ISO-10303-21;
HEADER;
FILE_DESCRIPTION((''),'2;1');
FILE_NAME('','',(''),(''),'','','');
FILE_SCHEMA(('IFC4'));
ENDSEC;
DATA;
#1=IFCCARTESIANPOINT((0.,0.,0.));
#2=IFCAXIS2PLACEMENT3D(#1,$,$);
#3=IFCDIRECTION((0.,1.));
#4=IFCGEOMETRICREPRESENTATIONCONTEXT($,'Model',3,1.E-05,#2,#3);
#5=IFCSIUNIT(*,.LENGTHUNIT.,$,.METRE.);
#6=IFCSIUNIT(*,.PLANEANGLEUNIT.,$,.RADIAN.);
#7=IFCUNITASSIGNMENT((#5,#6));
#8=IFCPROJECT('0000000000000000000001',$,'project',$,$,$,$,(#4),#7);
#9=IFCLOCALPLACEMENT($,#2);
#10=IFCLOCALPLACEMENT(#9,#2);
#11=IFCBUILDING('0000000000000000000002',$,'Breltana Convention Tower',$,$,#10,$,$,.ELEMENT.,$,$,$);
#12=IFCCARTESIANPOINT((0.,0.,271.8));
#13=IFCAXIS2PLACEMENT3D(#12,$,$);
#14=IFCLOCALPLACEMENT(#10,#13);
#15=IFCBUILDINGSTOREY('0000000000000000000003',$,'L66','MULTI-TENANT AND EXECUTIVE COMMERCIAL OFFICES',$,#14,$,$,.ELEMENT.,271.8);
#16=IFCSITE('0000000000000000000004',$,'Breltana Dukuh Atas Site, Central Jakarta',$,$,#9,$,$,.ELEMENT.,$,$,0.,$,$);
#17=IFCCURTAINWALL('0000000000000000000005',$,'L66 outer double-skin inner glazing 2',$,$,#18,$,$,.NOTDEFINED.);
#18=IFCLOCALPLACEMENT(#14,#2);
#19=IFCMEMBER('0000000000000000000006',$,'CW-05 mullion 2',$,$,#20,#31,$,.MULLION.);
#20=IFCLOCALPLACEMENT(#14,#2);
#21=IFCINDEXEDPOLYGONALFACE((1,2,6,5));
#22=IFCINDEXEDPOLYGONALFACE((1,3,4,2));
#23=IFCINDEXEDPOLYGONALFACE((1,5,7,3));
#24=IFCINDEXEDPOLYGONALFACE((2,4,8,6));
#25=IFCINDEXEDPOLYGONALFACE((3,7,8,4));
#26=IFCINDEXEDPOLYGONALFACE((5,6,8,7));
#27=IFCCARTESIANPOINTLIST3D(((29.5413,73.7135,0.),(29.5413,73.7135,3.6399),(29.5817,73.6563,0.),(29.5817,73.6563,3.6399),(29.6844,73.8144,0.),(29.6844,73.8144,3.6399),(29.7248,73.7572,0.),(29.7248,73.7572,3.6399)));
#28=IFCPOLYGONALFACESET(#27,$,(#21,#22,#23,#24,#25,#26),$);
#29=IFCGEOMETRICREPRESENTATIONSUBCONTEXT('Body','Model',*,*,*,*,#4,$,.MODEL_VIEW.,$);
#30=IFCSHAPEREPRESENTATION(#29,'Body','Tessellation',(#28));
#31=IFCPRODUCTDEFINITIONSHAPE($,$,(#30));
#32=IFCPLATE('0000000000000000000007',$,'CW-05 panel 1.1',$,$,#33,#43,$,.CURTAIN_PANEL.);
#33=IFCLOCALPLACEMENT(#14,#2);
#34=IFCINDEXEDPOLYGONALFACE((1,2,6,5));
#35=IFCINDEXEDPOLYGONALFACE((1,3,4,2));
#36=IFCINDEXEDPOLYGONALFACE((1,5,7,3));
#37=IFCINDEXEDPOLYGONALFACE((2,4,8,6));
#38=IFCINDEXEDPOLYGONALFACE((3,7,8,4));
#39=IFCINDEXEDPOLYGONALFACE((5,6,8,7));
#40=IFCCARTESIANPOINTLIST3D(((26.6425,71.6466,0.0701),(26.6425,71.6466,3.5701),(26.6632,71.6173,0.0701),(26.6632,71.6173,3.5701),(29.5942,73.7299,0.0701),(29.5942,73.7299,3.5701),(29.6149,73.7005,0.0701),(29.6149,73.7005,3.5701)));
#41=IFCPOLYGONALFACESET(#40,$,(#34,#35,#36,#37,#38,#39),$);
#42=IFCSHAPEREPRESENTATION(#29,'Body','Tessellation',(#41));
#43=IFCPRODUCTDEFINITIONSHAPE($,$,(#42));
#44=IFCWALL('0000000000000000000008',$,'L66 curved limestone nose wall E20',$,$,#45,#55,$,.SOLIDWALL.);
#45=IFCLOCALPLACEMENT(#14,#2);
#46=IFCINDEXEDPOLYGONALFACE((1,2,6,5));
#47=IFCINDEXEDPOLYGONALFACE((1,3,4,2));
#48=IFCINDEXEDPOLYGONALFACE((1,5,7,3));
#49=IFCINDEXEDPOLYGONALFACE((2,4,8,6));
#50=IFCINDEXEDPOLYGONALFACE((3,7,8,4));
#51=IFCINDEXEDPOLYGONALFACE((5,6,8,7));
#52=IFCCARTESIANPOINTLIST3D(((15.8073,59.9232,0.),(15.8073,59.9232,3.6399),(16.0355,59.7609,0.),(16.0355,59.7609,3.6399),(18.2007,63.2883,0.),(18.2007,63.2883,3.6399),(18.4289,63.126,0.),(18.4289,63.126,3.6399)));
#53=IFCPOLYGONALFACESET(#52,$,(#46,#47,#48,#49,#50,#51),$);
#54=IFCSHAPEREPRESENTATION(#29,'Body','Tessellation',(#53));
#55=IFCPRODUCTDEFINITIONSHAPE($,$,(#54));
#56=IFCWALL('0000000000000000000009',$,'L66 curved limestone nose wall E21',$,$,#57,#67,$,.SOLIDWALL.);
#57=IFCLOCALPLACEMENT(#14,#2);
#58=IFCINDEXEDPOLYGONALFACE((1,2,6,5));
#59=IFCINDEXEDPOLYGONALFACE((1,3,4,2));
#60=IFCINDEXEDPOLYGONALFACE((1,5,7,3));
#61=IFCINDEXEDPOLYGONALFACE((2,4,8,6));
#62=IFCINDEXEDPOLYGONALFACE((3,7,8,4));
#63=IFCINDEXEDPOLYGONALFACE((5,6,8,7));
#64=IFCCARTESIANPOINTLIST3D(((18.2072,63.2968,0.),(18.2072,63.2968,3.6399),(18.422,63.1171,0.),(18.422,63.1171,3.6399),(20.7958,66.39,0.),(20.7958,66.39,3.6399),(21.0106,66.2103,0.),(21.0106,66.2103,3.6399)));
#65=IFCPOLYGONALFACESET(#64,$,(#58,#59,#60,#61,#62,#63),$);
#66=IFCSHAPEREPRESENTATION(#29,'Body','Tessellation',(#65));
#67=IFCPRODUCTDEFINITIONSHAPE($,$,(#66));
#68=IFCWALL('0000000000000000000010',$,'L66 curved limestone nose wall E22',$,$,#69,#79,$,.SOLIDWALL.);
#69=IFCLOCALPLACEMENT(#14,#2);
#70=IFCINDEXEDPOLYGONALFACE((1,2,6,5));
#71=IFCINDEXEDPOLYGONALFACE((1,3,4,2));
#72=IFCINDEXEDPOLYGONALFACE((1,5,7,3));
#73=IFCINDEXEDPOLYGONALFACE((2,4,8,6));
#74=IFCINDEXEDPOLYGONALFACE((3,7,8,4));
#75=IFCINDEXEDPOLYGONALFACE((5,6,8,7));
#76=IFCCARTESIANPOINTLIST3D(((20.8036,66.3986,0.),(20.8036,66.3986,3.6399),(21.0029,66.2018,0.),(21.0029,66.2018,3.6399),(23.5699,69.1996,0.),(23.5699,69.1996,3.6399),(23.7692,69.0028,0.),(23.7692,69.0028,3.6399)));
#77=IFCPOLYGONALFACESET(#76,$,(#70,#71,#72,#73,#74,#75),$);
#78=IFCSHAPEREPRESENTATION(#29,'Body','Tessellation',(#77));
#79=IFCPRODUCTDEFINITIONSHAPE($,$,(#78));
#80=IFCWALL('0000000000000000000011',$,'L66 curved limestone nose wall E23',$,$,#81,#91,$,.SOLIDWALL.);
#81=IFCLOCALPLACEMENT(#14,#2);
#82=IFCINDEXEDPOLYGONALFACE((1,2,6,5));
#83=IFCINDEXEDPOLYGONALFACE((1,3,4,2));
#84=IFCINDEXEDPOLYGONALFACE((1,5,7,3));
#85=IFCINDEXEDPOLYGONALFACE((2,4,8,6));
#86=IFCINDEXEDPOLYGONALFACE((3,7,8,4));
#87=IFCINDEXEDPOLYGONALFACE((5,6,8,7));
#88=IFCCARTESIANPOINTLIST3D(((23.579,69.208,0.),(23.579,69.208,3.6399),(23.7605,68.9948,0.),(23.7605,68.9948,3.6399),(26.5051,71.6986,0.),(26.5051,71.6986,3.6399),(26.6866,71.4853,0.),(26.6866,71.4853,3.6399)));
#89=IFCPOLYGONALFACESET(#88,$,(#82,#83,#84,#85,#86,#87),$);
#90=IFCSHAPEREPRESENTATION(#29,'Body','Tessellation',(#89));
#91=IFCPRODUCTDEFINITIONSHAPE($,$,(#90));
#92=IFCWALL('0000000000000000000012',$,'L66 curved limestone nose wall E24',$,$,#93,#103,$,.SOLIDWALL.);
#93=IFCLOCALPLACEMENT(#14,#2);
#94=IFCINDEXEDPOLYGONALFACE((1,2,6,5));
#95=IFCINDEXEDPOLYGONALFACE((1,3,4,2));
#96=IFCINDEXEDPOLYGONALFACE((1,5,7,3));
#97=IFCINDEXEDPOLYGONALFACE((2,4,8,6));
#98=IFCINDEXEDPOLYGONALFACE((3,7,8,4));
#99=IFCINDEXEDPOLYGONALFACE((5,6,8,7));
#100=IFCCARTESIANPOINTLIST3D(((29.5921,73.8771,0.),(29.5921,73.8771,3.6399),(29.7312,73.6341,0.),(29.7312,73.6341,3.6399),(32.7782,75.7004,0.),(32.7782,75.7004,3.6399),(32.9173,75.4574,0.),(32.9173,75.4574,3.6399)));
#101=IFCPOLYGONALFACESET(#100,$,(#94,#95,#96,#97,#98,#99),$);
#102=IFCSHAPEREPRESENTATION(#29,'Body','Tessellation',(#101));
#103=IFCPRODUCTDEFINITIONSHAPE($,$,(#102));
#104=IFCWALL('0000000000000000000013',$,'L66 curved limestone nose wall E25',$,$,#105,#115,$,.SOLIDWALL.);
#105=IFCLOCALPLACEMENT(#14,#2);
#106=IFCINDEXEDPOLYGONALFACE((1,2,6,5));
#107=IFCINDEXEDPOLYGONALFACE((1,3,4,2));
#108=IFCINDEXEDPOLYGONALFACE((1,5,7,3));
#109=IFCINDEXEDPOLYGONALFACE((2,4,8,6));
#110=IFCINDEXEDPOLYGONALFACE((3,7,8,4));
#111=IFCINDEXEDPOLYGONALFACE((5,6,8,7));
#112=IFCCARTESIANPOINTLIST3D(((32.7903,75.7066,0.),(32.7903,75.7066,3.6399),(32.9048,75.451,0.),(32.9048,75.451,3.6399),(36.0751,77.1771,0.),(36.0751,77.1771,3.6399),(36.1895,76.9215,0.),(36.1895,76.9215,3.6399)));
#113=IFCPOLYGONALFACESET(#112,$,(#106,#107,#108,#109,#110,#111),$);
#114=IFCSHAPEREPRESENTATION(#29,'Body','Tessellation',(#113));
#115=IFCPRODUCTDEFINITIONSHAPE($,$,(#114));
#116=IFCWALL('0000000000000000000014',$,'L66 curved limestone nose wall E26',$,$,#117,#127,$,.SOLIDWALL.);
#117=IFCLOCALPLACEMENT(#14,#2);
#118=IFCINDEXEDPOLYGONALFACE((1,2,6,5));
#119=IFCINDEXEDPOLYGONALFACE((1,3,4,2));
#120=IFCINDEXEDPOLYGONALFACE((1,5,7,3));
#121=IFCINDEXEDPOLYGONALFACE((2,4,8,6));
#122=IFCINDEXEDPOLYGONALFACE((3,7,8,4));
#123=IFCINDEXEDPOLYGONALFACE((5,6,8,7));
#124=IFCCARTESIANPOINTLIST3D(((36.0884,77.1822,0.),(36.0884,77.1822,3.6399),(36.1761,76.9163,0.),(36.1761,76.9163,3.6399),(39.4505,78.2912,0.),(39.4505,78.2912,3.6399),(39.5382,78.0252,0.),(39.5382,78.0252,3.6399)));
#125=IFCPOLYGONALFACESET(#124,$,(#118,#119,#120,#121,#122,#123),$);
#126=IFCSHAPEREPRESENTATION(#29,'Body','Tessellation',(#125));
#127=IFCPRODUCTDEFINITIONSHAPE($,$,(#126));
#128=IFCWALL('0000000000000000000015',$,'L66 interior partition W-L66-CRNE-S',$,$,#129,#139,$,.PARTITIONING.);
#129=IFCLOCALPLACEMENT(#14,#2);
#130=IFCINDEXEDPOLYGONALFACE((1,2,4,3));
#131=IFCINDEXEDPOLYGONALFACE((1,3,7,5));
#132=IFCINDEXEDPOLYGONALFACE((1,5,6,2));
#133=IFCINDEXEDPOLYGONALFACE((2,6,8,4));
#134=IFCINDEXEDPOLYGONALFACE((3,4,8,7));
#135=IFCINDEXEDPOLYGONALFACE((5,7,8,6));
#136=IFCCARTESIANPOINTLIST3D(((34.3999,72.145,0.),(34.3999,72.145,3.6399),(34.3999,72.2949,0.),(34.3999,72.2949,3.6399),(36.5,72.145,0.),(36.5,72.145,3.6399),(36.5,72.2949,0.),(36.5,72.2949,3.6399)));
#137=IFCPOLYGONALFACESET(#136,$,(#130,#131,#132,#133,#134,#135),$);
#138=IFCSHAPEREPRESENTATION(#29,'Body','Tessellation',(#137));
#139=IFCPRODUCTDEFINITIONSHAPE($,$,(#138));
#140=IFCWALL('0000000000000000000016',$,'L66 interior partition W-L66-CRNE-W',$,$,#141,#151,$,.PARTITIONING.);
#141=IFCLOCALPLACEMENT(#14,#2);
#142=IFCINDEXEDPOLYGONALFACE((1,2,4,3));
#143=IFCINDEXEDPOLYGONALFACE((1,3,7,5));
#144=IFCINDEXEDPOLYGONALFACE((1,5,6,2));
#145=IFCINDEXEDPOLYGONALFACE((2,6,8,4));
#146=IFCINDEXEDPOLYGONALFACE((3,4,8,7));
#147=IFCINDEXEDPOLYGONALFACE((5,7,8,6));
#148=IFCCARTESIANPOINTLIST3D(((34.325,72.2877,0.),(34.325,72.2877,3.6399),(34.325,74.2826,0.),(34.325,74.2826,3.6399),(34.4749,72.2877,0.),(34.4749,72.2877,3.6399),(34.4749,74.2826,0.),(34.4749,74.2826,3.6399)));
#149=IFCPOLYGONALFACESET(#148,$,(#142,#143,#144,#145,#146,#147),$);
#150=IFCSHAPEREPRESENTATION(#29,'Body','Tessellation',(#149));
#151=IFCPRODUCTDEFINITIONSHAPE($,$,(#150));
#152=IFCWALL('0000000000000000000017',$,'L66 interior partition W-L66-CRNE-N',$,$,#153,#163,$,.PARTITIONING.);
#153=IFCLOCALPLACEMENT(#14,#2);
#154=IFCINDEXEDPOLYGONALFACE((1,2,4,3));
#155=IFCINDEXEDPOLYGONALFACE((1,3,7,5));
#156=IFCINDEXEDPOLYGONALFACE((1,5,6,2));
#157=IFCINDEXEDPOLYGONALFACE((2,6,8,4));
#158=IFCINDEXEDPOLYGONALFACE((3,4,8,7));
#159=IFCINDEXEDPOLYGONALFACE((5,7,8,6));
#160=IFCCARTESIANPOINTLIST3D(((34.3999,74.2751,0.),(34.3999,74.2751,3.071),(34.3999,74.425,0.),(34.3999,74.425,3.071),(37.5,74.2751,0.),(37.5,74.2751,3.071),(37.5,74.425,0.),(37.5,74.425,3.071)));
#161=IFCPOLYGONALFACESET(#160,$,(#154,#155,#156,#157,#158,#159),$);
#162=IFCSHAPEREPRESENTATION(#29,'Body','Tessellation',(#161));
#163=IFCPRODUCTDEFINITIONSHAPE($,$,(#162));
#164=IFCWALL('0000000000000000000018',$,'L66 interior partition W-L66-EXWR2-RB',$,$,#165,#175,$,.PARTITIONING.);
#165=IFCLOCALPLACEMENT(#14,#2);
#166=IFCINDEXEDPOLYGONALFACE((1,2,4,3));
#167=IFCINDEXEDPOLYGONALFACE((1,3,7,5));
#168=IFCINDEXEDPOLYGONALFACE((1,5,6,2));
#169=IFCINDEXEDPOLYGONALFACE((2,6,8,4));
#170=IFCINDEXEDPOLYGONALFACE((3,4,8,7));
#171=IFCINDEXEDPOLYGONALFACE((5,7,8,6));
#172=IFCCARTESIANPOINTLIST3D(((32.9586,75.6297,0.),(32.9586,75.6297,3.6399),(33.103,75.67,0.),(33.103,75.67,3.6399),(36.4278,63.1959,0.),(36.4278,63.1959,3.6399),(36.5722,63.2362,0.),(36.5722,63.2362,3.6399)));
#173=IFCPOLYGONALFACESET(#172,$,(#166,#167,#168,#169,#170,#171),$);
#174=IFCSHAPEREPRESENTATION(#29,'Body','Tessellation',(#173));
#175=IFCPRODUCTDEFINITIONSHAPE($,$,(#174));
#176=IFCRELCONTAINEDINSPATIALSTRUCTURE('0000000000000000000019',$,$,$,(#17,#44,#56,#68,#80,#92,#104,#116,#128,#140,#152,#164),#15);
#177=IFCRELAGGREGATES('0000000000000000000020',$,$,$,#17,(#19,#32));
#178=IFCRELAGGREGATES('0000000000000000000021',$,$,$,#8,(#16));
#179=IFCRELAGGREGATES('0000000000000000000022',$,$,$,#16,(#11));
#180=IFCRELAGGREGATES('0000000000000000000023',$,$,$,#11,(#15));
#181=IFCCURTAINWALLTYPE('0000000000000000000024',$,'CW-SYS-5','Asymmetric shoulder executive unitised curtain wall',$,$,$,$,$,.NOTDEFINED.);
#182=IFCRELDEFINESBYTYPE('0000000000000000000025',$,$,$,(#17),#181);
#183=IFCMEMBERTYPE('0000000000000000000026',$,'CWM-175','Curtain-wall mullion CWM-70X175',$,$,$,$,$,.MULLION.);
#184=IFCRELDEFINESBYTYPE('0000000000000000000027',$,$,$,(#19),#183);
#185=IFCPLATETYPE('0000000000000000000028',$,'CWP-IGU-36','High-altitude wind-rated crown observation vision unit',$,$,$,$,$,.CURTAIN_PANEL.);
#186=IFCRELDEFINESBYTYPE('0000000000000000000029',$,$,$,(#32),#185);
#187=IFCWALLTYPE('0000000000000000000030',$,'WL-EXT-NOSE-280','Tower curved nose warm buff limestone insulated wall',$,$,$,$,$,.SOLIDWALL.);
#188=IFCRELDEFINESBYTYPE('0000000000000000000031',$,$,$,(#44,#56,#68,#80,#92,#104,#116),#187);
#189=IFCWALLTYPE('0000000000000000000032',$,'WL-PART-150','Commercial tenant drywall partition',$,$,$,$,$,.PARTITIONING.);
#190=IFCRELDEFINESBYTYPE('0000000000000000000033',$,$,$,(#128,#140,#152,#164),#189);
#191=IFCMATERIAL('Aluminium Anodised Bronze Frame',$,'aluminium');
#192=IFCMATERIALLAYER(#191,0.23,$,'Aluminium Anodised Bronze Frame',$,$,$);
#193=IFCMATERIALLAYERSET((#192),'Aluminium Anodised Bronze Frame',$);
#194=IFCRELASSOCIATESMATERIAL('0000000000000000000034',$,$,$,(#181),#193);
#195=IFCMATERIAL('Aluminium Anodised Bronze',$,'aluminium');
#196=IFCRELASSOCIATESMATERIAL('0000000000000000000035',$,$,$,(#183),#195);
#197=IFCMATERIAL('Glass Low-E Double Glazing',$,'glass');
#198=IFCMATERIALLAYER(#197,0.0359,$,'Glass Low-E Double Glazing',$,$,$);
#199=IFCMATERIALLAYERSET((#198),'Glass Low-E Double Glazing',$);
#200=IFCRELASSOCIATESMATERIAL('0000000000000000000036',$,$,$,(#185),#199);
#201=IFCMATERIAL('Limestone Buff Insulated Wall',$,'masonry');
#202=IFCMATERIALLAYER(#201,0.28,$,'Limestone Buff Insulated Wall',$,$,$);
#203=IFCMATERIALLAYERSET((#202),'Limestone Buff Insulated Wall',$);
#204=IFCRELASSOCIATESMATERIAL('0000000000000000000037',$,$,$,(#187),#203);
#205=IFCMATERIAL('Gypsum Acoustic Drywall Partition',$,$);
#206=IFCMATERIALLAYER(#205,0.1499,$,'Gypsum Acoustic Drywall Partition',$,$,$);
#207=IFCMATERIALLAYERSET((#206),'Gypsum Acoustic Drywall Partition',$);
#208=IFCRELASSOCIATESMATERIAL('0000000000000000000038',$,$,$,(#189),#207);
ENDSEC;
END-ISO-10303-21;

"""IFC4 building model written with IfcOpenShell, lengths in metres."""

from ifc_helpers import new_model, si_unit, direction, frame, frame_2d, origin, origin_2d, place, context, subcontext, project, spatial, rectangle, extrude, source, transform, mapped, material, layer, layer_set, material_profile, profile_set, type_object, element, aggregate, save


model = new_model("IFC4")

# Units and contexts
model_context = context("Model", 3, precision=1e-05, world=origin(), true_north=direction((0.0, 1.0)))
body_context = subcontext(model_context, "Body", "Model", "MODEL_VIEW")
ifc_project = project(units=[si_unit("LENGTHUNIT", "METRE"), si_unit("PLANEANGLEUNIT", "RADIAN")], contexts=[model_context])

# Site, building, storey
site_placement = place(None, origin())
site = spatial("IfcSite", under=ifc_project, at=site_placement, Name="Breltana Dukuh Atas Site, Central Jakarta", CompositionType="ELEMENT", RefElevation=0.0)
building_placement = place(site_placement, origin())
building = spatial("IfcBuilding", under=site, at=building_placement, Name="Breltana Convention Tower", CompositionType="ELEMENT")
storey_placement = place(building_placement, frame((0.0, 0.0, 271.8)))
storey = spatial("IfcBuildingStorey", under=building, at=storey_placement, Name="L66", Description="MULTI-TENANT AND EXECUTIVE COMMERCIAL OFFICES", CompositionType="ELEMENT", Elevation=271.8)

# Curtain wall
ifc_material_1 = material(Name="Aluminium Anodised Bronze Frame", Category="aluminium")
ifc_layer_1 = layer(ifc_material_1, 0.23, Name="Aluminium Anodised Bronze Frame")
ifc_layer_set_1 = layer_set([ifc_layer_1], Name="Aluminium Anodised Bronze Frame")
curtain_wall_type = type_object("IfcCurtainWallType", Name="CW-SYS-5", Description="Asymmetric shoulder executive unitised curtain wall", PredefinedType="NOTDEFINED", material=ifc_layer_set_1)
curtain_wall_1_placement = place(storey_placement, origin())
curtain_wall_1 = element("IfcCurtainWall", 1, at=curtain_wall_1_placement, inside=storey, type_object=curtain_wall_type, Name="L66 outer double-skin inner glazing 2", PredefinedType="NOTDEFINED")
ifc_material_2 = material(Name="Aluminium Anodised Bronze", Category="aluminium")

# Shared definitions
ifc_material_profile_1 = material_profile(ifc_material_2, rectangle(XDim=0.0701, YDim=0.175, at=origin_2d()), Name="CWM-70X175")
ifc_profile_set_1 = profile_set([ifc_material_profile_1], Name="Aluminium Anodised Bronze")
member_type_1 = type_object("IfcMemberType", Name="CWM-175", Description="Curtain-wall mullion CWM-70X175", PredefinedType="MULLION", material=ifc_profile_set_1)
shared_shape_1 = source(origin(), body_context, "Body", "SweptSolid", [
    extrude(rectangle(XDim=0.0701, YDim=0.175, at=origin_2d()), origin(), (0.0, 0.0, 1.0), 3.6399),
])

# Member
member_1_placement = place(storey_placement, frame((29.6331, 73.7354, 0.0), z_axis=(0.0, 0.0, 1.0), x_axis=(-0.576624, 0.81701, 0.0)))
member_1 = element("IfcMember", 2, at=member_1_placement, type_object=member_type_1, Name="CW-05 mullion 2", PredefinedType="MULLION", context=body_context, shape_type="MappedRepresentation", body=[
    mapped(shared_shape_1, transform((0.0, 0.0, 0.0), scale=1.0)),
])

# Plate
ifc_material_3 = material(Name="Glass Low-E Double Glazing", Category="glass")
ifc_layer_2 = layer(ifc_material_3, 0.0359, Name="Glass Low-E Double Glazing")
ifc_layer_set_2 = layer_set([ifc_layer_2], Name="Glass Low-E Double Glazing")
plate_type = type_object("IfcPlateType", Name="CWP-IGU-36", Description="High-altitude wind-rated crown observation vision unit", PredefinedType="CURTAIN_PANEL", material=ifc_layer_set_2)
shared_shape_2 = source(origin(), body_context, "Body", "SweptSolid", [
    extrude(rectangle(XDim=3.6128, YDim=0.0359, at=origin_2d()), origin(), (0.0, 0.0, 1.0), 3.5),
])
plate_placement = place(storey_placement, frame((28.1287, 72.6736, 0.0701), z_axis=(0.0, 0.0, 1.0), x_axis=(0.81701, 0.576624, 0.0)))
plate = element("IfcPlate", 3, at=plate_placement, type_object=plate_type, Name="CW-05 panel 1.1", PredefinedType="CURTAIN_PANEL", context=body_context, shape_type="MappedRepresentation", body=[
    mapped(shared_shape_2, transform((0.0, 0.0, 0.0), scale=1.0)),
])
aggregate(curtain_wall_1, [member_1, plate])

# Walls
ifc_material_4 = material(Name="Limestone Buff Insulated Wall", Category="masonry")
ifc_layer_3 = layer(ifc_material_4, 0.28, Name="Limestone Buff Insulated Wall")
ifc_layer_set_3 = layer_set([ifc_layer_3], Name="Limestone Buff Insulated Wall")
wall_type_1 = type_object("IfcWallType", Name="WL-EXT-NOSE-280", Description="Tower curved nose warm buff limestone insulated wall", PredefinedType="SOLIDWALL", material=ifc_layer_set_3)
shared_shape_3 = source(origin(), body_context, "Body", "SweptSolid", [
    extrude(rectangle(XDim=4.1294, YDim=0.28, at=frame_2d((2.0647, 0.0))), origin(), (0.0, 0.0, 1.0), 3.6399),
])
wall_1_placement = place(storey_placement, frame((15.9214, 59.842, 0.0), z_axis=(0.0, 0.0, 1.0), x_axis=(0.579593, 0.814906, 0.0)))
element("IfcWall", 4, at=wall_1_placement, inside=storey, type_object=wall_type_1, Name="L66 curved limestone nose wall E20", PredefinedType="SOLIDWALL", context=body_context, shape_type="MappedRepresentation", body=[
    mapped(shared_shape_3, transform((0.0, 0.0, 0.0), scale=1.0)),
])
shared_shape_4 = source(origin(), body_context, "Body", "SweptSolid", [
    extrude(rectangle(XDim=4.0334, YDim=0.28, at=frame_2d((2.0166, 0.0))), origin(), (0.0, 0.0, 1.0), 3.6399),
])
wall_2_placement = place(storey_placement, frame((18.3147, 63.207, 0.0), z_axis=(0.0, 0.0, 1.0), x_axis=(0.641779, 0.76689, 0.0)))
element("IfcWall", 5, at=wall_2_placement, inside=storey, type_object=wall_type_1, Name="L66 curved limestone nose wall E21", PredefinedType="SOLIDWALL", context=body_context, shape_type="MappedRepresentation", body=[
    mapped(shared_shape_4, transform((0.0, 0.0, 0.0), scale=1.0)),
])
shared_shape_5 = source(origin(), body_context, "Body", "SweptSolid", [
    extrude(rectangle(XDim=3.9368, YDim=0.28, at=frame_2d((1.9683, 0.0))), origin(), (0.0, 0.0, 1.0), 3.6399),
])
wall_3_placement = place(storey_placement, frame((20.9033, 66.3003, 0.0), z_axis=(0.0, 0.0, 1.0), x_axis=(0.70269, 0.711496, 0.0)))
element("IfcWall", 6, at=wall_3_placement, inside=storey, type_object=wall_type_1, Name="L66 curved limestone nose wall E22", PredefinedType="SOLIDWALL", context=body_context, shape_type="MappedRepresentation", body=[
    mapped(shared_shape_5, transform((0.0, 0.0, 0.0), scale=1.0)),
])
shared_shape_6 = source(origin(), body_context, "Body", "SweptSolid", [
    extrude(rectangle(XDim=3.8425, YDim=0.28, at=frame_2d((1.9214, 0.0))), origin(), (0.0, 0.0, 1.0), 3.6399),
])
wall_4_placement = place(storey_placement, frame((23.6697, 69.1013, 0.0), z_axis=(0.0, 0.0, 1.0), x_axis=(0.761508, 0.648155, 0.0)))
element("IfcWall", 7, at=wall_4_placement, inside=storey, type_object=wall_type_1, Name="L66 curved limestone nose wall E23", PredefinedType="SOLIDWALL", context=body_context, shape_type="MappedRepresentation", body=[
    mapped(shared_shape_6, transform((0.0, 0.0, 0.0), scale=1.0)),
])
shared_shape_7 = source(origin(), body_context, "Body", "SweptSolid", [
    extrude(rectangle(XDim=3.6709, YDim=0.28, at=frame_2d((1.8354, 0.0))), origin(), (0.0, 0.0, 1.0), 3.6399),
])
wall_5_placement = place(storey_placement, frame((29.6616, 73.7556, 0.0), z_axis=(0.0, 0.0, 1.0), x_axis=(0.867932, 0.496683, 0.0)))
element("IfcWall", 8, at=wall_5_placement, inside=storey, type_object=wall_type_1, Name="L66 curved limestone nose wall E24", PredefinedType="SOLIDWALL", context=body_context, shape_type="MappedRepresentation", body=[
    mapped(shared_shape_7, transform((0.0, 0.0, 0.0), scale=1.0)),
])
shared_shape_8 = source(origin(), body_context, "Body", "SweptSolid", [
    extrude(rectangle(XDim=3.5989, YDim=0.28, at=frame_2d((1.7993, 0.0))), origin(), (0.0, 0.0, 1.0), 3.6399),
])
wall_6_placement = place(storey_placement, frame((32.8477, 75.5789, 0.0), z_axis=(0.0, 0.0, 1.0), x_axis=(0.912714, 0.408598, 0.0)))
element("IfcWall", 9, at=wall_6_placement, inside=storey, type_object=wall_type_1, Name="L66 curved limestone nose wall E25", PredefinedType="SOLIDWALL", context=body_context, shape_type="MappedRepresentation", body=[
    mapped(shared_shape_8, transform((0.0, 0.0, 0.0), scale=1.0)),
])
shared_shape_9 = source(origin(), body_context, "Body", "SweptSolid", [
    extrude(rectangle(XDim=3.5403, YDim=0.28, at=frame_2d((1.77, 0.0))), origin(), (0.0, 0.0, 1.0), 3.6399),
])
wall_7_placement = place(storey_placement, frame((36.1323, 77.0493, 0.0), z_axis=(0.0, 0.0, 1.0), x_axis=(0.949679, 0.313226, 0.0)))
element("IfcWall", 10, at=wall_7_placement, inside=storey, type_object=wall_type_1, Name="L66 curved limestone nose wall E26", PredefinedType="SOLIDWALL", context=body_context, shape_type="MappedRepresentation", body=[
    mapped(shared_shape_9, transform((0.0, 0.0, 0.0), scale=1.0)),
])
ifc_material_5 = material(Name="Gypsum Acoustic Drywall Partition")
ifc_layer_4 = layer(ifc_material_5, 0.1499, Name="Gypsum Acoustic Drywall Partition")
ifc_layer_set_4 = layer_set([ifc_layer_4], Name="Gypsum Acoustic Drywall Partition")
wall_type_2 = type_object("IfcWallType", Name="WL-PART-150", Description="Commercial tenant drywall partition", PredefinedType="PARTITIONING", material=ifc_layer_set_4)
shared_shape_10 = source(origin(), body_context, "Body", "SweptSolid", [
    extrude(rectangle(XDim=2.1001, YDim=0.1499, at=frame_2d((1.05, 0.0))), origin(), (0.0, 0.0, 1.0), 3.6399),
])
wall_8_placement = place(storey_placement, frame((34.3999, 72.22, 0.0), z_axis=(0.0, 0.0, 1.0), x_axis=(1.0, 0.0, 0.0)))
element("IfcWall", 11, at=wall_8_placement, inside=storey, type_object=wall_type_2, Name="L66 interior partition W-L66-CRNE-S", PredefinedType="PARTITIONING", context=body_context, shape_type="MappedRepresentation", body=[
    mapped(shared_shape_10, transform((0.0, 0.0, 0.0), scale=1.0)),
])
shared_shape_11 = source(origin(), body_context, "Body", "SweptSolid", [
    extrude(rectangle(XDim=1.9949, YDim=0.1499, at=frame_2d((0.9976, 0.0))), origin(), (0.0, 0.0, 1.0), 3.6399),
])
wall_9_placement = place(storey_placement, frame((34.3999, 72.2876, 0.0), z_axis=(0.0, 0.0, 1.0), x_axis=(0.0, 1.0, 0.0)))
element("IfcWall", 12, at=wall_9_placement, inside=storey, type_object=wall_type_2, Name="L66 interior partition W-L66-CRNE-W", PredefinedType="PARTITIONING", context=body_context, shape_type="MappedRepresentation", body=[
    mapped(shared_shape_11, transform((0.0, 0.0, 0.0), scale=1.0)),
])
shared_shape_12 = source(origin(), body_context, "Body", "SweptSolid", [
    extrude(rectangle(XDim=3.1001, YDim=0.1499, at=frame_2d((1.55, 0.0))), origin(), (0.0, 0.0, 1.0), 3.071),
])
wall_10_placement = place(storey_placement, frame((34.3999, 74.3501, 0.0), z_axis=(0.0, 0.0, 1.0), x_axis=(1.0, 0.0, 0.0)))
element("IfcWall", 13, at=wall_10_placement, inside=storey, type_object=wall_type_2, Name="L66 interior partition W-L66-CRNE-N", PredefinedType="PARTITIONING", context=body_context, shape_type="MappedRepresentation", body=[
    mapped(shared_shape_12, transform((0.0, 0.0, 0.0), scale=1.0)),
])
shared_shape_13 = source(origin(), body_context, "Body", "SweptSolid", [
    extrude(rectangle(XDim=12.9087, YDim=0.1499, at=frame_2d((6.4543, 0.0))), origin(), (0.0, 0.0, 1.0), 3.6399),
])
wall_11_placement = place(storey_placement, frame((36.5, 63.2161, 0.0), z_axis=(0.0, 0.0, 1.0), x_axis=(-0.268751, 0.96321, 0.0)))
element("IfcWall", 14, at=wall_11_placement, inside=storey, type_object=wall_type_2, Name="L66 interior partition W-L66-EXWR2-RB", PredefinedType="PARTITIONING", context=body_context, shape_type="MappedRepresentation", body=[
    mapped(shared_shape_13, transform((0.0, 0.0, 0.0), scale=1.0)),
])

save(model, "model.ifc")
